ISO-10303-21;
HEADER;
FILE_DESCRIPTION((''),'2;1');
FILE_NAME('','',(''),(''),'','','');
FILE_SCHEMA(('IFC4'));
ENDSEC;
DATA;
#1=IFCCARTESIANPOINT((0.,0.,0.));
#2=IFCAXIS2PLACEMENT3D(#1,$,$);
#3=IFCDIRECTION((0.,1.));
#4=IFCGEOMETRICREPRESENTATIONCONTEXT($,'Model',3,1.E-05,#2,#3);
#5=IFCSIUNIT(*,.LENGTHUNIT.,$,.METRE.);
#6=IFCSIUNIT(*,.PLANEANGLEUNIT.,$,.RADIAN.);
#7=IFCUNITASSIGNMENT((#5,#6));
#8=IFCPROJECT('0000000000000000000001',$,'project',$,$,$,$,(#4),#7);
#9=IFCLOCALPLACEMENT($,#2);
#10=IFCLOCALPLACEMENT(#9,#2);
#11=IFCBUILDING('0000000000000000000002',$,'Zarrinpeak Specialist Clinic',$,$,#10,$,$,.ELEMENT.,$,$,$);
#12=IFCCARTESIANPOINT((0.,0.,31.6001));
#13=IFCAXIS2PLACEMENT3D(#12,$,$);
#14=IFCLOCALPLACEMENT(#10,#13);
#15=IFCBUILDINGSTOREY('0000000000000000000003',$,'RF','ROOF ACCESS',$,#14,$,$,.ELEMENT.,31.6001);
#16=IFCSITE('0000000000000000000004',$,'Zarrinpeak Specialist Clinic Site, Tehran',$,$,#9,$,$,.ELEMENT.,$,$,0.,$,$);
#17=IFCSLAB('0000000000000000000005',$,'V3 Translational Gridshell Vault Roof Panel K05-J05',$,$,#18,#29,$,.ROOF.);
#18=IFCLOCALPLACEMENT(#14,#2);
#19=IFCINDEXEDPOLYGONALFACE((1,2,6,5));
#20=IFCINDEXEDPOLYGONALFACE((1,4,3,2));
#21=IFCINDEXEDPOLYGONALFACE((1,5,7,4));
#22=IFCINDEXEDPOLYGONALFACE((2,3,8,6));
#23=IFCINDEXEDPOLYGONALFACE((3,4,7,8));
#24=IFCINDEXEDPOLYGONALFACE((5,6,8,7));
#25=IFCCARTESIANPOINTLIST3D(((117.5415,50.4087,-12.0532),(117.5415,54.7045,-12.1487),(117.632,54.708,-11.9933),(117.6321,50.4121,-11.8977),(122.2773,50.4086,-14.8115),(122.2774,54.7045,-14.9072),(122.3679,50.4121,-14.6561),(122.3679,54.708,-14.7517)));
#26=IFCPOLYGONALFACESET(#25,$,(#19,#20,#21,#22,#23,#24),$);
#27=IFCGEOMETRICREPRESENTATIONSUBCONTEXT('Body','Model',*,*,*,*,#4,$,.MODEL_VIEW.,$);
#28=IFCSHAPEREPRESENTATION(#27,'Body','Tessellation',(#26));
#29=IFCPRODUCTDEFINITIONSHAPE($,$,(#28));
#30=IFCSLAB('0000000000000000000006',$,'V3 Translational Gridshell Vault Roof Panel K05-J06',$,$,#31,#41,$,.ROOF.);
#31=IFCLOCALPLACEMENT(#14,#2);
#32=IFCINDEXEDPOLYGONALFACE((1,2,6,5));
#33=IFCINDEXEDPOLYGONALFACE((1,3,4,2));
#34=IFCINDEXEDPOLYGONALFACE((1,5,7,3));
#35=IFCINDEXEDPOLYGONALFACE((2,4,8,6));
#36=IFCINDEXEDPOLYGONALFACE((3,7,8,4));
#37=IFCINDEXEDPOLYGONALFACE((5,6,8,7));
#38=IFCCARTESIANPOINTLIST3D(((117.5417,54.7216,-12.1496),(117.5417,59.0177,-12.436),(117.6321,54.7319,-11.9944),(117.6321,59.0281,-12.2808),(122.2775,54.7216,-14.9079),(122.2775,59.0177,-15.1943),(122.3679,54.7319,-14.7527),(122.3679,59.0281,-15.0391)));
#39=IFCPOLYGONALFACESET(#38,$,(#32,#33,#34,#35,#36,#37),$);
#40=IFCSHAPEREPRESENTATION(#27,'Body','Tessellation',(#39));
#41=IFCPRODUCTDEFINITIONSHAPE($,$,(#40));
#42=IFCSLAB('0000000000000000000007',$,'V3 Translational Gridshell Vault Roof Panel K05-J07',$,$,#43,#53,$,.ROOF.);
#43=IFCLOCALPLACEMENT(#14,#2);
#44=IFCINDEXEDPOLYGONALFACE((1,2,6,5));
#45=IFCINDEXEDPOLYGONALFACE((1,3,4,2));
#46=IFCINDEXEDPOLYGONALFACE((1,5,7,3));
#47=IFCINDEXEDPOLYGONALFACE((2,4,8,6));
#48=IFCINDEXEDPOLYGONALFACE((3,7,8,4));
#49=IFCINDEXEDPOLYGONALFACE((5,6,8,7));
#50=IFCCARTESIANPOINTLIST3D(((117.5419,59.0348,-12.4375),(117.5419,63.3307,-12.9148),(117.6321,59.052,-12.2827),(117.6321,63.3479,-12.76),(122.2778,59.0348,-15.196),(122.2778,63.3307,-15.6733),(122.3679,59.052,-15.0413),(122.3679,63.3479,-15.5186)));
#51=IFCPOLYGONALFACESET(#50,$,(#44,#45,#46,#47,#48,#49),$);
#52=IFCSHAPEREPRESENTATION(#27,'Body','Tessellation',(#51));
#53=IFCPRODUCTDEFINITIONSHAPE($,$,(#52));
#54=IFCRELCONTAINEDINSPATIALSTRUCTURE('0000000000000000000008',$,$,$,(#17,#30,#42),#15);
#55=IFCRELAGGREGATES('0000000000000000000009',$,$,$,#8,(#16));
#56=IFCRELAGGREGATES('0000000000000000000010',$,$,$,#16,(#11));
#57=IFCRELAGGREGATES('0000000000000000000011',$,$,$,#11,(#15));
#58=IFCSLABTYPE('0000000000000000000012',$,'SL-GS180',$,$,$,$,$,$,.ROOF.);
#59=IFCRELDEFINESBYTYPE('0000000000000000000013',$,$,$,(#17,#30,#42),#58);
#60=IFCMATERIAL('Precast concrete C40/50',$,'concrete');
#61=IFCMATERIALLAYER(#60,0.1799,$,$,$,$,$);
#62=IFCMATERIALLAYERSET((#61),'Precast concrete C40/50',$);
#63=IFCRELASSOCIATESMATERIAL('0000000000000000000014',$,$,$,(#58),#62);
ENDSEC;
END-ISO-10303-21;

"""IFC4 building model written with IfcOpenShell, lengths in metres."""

from ifc_helpers import new_model, si_unit, direction, frame, origin, place, context, subcontext, project, spatial, polyline, outline, extrude, material, layer, layer_set, type_object, element, save


model = new_model("IFC4")

# Units and contexts
model_context = context("Model", 3, precision=1e-05, world=origin(), true_north=direction((0.0, 1.0)))
body_context = subcontext(model_context, "Body", "Model", "MODEL_VIEW")
ifc_project = project(units=[si_unit("LENGTHUNIT", "METRE"), si_unit("PLANEANGLEUNIT", "RADIAN")], contexts=[model_context])

# Site, building, storey
site_placement = place(None, origin())
site = spatial("IfcSite", under=ifc_project, at=site_placement, Name="Zarrinpeak Specialist Clinic Site, Tehran", CompositionType="ELEMENT", RefElevation=0.0)
building_placement = place(site_placement, origin())
building = spatial("IfcBuilding", under=site, at=building_placement, Name="Zarrinpeak Specialist Clinic", CompositionType="ELEMENT")
storey_placement = place(building_placement, frame((0.0, 0.0, 31.6001)))
storey = spatial("IfcBuildingStorey", under=building, at=storey_placement, Name="RF", Description="ROOF ACCESS", CompositionType="ELEMENT", Elevation=31.6001)

# Slabs
ifc_material_1 = material(Name="Precast concrete C40/50", Category="concrete")
ifc_layer_1 = layer(ifc_material_1, 0.1799)
ifc_layer_set_1 = layer_set([ifc_layer_1], Name="Precast concrete C40/50")
slab_type = type_object("IfcSlabType", Name="SL-GS180", PredefinedType="ROOF", material=ifc_layer_set_1)
slab_1_placement = place(storey_placement, frame((117.6321, 50.4121, -11.8977), z_axis=(0.503213, 0.019222, 0.863949), x_axis=(0.864108, 0.0, -0.503306)))
element("IfcSlab", 1, at=slab_1_placement, inside=storey, type_object=slab_type, Name="V3 Translational Gridshell Vault Roof Panel K05-J05", PredefinedType="ROOF", context=body_context, shape_type="SweptSolid", body=[
    extrude(outline(polyline([(0.0, 0.0), (5.4805, 0.0), (5.5287, 4.2967), (0.048, 4.2967), (0.0, 0.0)])), origin(), (0.0, 0.0, -1.0), 0.1799),
])
slab_2_placement = place(storey_placement, frame((117.6321, 54.7319, -11.9944), z_axis=(0.502456, 0.057506, 0.862688), x_axis=(0.864118, 0.0, -0.503289)))
element("IfcSlab", 2, at=slab_2_placement, inside=storey, type_object=slab_type, Name="V3 Translational Gridshell Vault Roof Panel K05-J06", PredefinedType="ROOF", context=body_context, shape_type="SweptSolid", body=[
    extrude(outline(polyline([(0.0, 0.0), (5.4805, 0.0), (5.6247, 4.3033), (0.1441, 4.3033), (0.0, 0.0)])), origin(), (0.0, 0.0, -1.0), 0.1799),
])
slab_3_placement = place(storey_placement, frame((117.6321, 59.052, -12.2827), z_axis=(0.501019, 0.095566, 0.860144), x_axis=(0.864099, 0.0, -0.503323)))
element("IfcSlab", 3, at=slab_3_placement, inside=storey, type_object=slab_type, Name="V3 Translational Gridshell Vault Roof Panel K05-J07", PredefinedType="ROOF", context=body_context, shape_type="SweptSolid", body=[
    extrude(outline(polyline([(0.0, 0.0), (5.4807, 0.0), (5.7209, 4.3157), (0.2402, 4.3157), (0.0, 0.0)])), origin(), (0.0, 0.0, -1.0), 0.1799),
])

save(model, "model.ifc")
